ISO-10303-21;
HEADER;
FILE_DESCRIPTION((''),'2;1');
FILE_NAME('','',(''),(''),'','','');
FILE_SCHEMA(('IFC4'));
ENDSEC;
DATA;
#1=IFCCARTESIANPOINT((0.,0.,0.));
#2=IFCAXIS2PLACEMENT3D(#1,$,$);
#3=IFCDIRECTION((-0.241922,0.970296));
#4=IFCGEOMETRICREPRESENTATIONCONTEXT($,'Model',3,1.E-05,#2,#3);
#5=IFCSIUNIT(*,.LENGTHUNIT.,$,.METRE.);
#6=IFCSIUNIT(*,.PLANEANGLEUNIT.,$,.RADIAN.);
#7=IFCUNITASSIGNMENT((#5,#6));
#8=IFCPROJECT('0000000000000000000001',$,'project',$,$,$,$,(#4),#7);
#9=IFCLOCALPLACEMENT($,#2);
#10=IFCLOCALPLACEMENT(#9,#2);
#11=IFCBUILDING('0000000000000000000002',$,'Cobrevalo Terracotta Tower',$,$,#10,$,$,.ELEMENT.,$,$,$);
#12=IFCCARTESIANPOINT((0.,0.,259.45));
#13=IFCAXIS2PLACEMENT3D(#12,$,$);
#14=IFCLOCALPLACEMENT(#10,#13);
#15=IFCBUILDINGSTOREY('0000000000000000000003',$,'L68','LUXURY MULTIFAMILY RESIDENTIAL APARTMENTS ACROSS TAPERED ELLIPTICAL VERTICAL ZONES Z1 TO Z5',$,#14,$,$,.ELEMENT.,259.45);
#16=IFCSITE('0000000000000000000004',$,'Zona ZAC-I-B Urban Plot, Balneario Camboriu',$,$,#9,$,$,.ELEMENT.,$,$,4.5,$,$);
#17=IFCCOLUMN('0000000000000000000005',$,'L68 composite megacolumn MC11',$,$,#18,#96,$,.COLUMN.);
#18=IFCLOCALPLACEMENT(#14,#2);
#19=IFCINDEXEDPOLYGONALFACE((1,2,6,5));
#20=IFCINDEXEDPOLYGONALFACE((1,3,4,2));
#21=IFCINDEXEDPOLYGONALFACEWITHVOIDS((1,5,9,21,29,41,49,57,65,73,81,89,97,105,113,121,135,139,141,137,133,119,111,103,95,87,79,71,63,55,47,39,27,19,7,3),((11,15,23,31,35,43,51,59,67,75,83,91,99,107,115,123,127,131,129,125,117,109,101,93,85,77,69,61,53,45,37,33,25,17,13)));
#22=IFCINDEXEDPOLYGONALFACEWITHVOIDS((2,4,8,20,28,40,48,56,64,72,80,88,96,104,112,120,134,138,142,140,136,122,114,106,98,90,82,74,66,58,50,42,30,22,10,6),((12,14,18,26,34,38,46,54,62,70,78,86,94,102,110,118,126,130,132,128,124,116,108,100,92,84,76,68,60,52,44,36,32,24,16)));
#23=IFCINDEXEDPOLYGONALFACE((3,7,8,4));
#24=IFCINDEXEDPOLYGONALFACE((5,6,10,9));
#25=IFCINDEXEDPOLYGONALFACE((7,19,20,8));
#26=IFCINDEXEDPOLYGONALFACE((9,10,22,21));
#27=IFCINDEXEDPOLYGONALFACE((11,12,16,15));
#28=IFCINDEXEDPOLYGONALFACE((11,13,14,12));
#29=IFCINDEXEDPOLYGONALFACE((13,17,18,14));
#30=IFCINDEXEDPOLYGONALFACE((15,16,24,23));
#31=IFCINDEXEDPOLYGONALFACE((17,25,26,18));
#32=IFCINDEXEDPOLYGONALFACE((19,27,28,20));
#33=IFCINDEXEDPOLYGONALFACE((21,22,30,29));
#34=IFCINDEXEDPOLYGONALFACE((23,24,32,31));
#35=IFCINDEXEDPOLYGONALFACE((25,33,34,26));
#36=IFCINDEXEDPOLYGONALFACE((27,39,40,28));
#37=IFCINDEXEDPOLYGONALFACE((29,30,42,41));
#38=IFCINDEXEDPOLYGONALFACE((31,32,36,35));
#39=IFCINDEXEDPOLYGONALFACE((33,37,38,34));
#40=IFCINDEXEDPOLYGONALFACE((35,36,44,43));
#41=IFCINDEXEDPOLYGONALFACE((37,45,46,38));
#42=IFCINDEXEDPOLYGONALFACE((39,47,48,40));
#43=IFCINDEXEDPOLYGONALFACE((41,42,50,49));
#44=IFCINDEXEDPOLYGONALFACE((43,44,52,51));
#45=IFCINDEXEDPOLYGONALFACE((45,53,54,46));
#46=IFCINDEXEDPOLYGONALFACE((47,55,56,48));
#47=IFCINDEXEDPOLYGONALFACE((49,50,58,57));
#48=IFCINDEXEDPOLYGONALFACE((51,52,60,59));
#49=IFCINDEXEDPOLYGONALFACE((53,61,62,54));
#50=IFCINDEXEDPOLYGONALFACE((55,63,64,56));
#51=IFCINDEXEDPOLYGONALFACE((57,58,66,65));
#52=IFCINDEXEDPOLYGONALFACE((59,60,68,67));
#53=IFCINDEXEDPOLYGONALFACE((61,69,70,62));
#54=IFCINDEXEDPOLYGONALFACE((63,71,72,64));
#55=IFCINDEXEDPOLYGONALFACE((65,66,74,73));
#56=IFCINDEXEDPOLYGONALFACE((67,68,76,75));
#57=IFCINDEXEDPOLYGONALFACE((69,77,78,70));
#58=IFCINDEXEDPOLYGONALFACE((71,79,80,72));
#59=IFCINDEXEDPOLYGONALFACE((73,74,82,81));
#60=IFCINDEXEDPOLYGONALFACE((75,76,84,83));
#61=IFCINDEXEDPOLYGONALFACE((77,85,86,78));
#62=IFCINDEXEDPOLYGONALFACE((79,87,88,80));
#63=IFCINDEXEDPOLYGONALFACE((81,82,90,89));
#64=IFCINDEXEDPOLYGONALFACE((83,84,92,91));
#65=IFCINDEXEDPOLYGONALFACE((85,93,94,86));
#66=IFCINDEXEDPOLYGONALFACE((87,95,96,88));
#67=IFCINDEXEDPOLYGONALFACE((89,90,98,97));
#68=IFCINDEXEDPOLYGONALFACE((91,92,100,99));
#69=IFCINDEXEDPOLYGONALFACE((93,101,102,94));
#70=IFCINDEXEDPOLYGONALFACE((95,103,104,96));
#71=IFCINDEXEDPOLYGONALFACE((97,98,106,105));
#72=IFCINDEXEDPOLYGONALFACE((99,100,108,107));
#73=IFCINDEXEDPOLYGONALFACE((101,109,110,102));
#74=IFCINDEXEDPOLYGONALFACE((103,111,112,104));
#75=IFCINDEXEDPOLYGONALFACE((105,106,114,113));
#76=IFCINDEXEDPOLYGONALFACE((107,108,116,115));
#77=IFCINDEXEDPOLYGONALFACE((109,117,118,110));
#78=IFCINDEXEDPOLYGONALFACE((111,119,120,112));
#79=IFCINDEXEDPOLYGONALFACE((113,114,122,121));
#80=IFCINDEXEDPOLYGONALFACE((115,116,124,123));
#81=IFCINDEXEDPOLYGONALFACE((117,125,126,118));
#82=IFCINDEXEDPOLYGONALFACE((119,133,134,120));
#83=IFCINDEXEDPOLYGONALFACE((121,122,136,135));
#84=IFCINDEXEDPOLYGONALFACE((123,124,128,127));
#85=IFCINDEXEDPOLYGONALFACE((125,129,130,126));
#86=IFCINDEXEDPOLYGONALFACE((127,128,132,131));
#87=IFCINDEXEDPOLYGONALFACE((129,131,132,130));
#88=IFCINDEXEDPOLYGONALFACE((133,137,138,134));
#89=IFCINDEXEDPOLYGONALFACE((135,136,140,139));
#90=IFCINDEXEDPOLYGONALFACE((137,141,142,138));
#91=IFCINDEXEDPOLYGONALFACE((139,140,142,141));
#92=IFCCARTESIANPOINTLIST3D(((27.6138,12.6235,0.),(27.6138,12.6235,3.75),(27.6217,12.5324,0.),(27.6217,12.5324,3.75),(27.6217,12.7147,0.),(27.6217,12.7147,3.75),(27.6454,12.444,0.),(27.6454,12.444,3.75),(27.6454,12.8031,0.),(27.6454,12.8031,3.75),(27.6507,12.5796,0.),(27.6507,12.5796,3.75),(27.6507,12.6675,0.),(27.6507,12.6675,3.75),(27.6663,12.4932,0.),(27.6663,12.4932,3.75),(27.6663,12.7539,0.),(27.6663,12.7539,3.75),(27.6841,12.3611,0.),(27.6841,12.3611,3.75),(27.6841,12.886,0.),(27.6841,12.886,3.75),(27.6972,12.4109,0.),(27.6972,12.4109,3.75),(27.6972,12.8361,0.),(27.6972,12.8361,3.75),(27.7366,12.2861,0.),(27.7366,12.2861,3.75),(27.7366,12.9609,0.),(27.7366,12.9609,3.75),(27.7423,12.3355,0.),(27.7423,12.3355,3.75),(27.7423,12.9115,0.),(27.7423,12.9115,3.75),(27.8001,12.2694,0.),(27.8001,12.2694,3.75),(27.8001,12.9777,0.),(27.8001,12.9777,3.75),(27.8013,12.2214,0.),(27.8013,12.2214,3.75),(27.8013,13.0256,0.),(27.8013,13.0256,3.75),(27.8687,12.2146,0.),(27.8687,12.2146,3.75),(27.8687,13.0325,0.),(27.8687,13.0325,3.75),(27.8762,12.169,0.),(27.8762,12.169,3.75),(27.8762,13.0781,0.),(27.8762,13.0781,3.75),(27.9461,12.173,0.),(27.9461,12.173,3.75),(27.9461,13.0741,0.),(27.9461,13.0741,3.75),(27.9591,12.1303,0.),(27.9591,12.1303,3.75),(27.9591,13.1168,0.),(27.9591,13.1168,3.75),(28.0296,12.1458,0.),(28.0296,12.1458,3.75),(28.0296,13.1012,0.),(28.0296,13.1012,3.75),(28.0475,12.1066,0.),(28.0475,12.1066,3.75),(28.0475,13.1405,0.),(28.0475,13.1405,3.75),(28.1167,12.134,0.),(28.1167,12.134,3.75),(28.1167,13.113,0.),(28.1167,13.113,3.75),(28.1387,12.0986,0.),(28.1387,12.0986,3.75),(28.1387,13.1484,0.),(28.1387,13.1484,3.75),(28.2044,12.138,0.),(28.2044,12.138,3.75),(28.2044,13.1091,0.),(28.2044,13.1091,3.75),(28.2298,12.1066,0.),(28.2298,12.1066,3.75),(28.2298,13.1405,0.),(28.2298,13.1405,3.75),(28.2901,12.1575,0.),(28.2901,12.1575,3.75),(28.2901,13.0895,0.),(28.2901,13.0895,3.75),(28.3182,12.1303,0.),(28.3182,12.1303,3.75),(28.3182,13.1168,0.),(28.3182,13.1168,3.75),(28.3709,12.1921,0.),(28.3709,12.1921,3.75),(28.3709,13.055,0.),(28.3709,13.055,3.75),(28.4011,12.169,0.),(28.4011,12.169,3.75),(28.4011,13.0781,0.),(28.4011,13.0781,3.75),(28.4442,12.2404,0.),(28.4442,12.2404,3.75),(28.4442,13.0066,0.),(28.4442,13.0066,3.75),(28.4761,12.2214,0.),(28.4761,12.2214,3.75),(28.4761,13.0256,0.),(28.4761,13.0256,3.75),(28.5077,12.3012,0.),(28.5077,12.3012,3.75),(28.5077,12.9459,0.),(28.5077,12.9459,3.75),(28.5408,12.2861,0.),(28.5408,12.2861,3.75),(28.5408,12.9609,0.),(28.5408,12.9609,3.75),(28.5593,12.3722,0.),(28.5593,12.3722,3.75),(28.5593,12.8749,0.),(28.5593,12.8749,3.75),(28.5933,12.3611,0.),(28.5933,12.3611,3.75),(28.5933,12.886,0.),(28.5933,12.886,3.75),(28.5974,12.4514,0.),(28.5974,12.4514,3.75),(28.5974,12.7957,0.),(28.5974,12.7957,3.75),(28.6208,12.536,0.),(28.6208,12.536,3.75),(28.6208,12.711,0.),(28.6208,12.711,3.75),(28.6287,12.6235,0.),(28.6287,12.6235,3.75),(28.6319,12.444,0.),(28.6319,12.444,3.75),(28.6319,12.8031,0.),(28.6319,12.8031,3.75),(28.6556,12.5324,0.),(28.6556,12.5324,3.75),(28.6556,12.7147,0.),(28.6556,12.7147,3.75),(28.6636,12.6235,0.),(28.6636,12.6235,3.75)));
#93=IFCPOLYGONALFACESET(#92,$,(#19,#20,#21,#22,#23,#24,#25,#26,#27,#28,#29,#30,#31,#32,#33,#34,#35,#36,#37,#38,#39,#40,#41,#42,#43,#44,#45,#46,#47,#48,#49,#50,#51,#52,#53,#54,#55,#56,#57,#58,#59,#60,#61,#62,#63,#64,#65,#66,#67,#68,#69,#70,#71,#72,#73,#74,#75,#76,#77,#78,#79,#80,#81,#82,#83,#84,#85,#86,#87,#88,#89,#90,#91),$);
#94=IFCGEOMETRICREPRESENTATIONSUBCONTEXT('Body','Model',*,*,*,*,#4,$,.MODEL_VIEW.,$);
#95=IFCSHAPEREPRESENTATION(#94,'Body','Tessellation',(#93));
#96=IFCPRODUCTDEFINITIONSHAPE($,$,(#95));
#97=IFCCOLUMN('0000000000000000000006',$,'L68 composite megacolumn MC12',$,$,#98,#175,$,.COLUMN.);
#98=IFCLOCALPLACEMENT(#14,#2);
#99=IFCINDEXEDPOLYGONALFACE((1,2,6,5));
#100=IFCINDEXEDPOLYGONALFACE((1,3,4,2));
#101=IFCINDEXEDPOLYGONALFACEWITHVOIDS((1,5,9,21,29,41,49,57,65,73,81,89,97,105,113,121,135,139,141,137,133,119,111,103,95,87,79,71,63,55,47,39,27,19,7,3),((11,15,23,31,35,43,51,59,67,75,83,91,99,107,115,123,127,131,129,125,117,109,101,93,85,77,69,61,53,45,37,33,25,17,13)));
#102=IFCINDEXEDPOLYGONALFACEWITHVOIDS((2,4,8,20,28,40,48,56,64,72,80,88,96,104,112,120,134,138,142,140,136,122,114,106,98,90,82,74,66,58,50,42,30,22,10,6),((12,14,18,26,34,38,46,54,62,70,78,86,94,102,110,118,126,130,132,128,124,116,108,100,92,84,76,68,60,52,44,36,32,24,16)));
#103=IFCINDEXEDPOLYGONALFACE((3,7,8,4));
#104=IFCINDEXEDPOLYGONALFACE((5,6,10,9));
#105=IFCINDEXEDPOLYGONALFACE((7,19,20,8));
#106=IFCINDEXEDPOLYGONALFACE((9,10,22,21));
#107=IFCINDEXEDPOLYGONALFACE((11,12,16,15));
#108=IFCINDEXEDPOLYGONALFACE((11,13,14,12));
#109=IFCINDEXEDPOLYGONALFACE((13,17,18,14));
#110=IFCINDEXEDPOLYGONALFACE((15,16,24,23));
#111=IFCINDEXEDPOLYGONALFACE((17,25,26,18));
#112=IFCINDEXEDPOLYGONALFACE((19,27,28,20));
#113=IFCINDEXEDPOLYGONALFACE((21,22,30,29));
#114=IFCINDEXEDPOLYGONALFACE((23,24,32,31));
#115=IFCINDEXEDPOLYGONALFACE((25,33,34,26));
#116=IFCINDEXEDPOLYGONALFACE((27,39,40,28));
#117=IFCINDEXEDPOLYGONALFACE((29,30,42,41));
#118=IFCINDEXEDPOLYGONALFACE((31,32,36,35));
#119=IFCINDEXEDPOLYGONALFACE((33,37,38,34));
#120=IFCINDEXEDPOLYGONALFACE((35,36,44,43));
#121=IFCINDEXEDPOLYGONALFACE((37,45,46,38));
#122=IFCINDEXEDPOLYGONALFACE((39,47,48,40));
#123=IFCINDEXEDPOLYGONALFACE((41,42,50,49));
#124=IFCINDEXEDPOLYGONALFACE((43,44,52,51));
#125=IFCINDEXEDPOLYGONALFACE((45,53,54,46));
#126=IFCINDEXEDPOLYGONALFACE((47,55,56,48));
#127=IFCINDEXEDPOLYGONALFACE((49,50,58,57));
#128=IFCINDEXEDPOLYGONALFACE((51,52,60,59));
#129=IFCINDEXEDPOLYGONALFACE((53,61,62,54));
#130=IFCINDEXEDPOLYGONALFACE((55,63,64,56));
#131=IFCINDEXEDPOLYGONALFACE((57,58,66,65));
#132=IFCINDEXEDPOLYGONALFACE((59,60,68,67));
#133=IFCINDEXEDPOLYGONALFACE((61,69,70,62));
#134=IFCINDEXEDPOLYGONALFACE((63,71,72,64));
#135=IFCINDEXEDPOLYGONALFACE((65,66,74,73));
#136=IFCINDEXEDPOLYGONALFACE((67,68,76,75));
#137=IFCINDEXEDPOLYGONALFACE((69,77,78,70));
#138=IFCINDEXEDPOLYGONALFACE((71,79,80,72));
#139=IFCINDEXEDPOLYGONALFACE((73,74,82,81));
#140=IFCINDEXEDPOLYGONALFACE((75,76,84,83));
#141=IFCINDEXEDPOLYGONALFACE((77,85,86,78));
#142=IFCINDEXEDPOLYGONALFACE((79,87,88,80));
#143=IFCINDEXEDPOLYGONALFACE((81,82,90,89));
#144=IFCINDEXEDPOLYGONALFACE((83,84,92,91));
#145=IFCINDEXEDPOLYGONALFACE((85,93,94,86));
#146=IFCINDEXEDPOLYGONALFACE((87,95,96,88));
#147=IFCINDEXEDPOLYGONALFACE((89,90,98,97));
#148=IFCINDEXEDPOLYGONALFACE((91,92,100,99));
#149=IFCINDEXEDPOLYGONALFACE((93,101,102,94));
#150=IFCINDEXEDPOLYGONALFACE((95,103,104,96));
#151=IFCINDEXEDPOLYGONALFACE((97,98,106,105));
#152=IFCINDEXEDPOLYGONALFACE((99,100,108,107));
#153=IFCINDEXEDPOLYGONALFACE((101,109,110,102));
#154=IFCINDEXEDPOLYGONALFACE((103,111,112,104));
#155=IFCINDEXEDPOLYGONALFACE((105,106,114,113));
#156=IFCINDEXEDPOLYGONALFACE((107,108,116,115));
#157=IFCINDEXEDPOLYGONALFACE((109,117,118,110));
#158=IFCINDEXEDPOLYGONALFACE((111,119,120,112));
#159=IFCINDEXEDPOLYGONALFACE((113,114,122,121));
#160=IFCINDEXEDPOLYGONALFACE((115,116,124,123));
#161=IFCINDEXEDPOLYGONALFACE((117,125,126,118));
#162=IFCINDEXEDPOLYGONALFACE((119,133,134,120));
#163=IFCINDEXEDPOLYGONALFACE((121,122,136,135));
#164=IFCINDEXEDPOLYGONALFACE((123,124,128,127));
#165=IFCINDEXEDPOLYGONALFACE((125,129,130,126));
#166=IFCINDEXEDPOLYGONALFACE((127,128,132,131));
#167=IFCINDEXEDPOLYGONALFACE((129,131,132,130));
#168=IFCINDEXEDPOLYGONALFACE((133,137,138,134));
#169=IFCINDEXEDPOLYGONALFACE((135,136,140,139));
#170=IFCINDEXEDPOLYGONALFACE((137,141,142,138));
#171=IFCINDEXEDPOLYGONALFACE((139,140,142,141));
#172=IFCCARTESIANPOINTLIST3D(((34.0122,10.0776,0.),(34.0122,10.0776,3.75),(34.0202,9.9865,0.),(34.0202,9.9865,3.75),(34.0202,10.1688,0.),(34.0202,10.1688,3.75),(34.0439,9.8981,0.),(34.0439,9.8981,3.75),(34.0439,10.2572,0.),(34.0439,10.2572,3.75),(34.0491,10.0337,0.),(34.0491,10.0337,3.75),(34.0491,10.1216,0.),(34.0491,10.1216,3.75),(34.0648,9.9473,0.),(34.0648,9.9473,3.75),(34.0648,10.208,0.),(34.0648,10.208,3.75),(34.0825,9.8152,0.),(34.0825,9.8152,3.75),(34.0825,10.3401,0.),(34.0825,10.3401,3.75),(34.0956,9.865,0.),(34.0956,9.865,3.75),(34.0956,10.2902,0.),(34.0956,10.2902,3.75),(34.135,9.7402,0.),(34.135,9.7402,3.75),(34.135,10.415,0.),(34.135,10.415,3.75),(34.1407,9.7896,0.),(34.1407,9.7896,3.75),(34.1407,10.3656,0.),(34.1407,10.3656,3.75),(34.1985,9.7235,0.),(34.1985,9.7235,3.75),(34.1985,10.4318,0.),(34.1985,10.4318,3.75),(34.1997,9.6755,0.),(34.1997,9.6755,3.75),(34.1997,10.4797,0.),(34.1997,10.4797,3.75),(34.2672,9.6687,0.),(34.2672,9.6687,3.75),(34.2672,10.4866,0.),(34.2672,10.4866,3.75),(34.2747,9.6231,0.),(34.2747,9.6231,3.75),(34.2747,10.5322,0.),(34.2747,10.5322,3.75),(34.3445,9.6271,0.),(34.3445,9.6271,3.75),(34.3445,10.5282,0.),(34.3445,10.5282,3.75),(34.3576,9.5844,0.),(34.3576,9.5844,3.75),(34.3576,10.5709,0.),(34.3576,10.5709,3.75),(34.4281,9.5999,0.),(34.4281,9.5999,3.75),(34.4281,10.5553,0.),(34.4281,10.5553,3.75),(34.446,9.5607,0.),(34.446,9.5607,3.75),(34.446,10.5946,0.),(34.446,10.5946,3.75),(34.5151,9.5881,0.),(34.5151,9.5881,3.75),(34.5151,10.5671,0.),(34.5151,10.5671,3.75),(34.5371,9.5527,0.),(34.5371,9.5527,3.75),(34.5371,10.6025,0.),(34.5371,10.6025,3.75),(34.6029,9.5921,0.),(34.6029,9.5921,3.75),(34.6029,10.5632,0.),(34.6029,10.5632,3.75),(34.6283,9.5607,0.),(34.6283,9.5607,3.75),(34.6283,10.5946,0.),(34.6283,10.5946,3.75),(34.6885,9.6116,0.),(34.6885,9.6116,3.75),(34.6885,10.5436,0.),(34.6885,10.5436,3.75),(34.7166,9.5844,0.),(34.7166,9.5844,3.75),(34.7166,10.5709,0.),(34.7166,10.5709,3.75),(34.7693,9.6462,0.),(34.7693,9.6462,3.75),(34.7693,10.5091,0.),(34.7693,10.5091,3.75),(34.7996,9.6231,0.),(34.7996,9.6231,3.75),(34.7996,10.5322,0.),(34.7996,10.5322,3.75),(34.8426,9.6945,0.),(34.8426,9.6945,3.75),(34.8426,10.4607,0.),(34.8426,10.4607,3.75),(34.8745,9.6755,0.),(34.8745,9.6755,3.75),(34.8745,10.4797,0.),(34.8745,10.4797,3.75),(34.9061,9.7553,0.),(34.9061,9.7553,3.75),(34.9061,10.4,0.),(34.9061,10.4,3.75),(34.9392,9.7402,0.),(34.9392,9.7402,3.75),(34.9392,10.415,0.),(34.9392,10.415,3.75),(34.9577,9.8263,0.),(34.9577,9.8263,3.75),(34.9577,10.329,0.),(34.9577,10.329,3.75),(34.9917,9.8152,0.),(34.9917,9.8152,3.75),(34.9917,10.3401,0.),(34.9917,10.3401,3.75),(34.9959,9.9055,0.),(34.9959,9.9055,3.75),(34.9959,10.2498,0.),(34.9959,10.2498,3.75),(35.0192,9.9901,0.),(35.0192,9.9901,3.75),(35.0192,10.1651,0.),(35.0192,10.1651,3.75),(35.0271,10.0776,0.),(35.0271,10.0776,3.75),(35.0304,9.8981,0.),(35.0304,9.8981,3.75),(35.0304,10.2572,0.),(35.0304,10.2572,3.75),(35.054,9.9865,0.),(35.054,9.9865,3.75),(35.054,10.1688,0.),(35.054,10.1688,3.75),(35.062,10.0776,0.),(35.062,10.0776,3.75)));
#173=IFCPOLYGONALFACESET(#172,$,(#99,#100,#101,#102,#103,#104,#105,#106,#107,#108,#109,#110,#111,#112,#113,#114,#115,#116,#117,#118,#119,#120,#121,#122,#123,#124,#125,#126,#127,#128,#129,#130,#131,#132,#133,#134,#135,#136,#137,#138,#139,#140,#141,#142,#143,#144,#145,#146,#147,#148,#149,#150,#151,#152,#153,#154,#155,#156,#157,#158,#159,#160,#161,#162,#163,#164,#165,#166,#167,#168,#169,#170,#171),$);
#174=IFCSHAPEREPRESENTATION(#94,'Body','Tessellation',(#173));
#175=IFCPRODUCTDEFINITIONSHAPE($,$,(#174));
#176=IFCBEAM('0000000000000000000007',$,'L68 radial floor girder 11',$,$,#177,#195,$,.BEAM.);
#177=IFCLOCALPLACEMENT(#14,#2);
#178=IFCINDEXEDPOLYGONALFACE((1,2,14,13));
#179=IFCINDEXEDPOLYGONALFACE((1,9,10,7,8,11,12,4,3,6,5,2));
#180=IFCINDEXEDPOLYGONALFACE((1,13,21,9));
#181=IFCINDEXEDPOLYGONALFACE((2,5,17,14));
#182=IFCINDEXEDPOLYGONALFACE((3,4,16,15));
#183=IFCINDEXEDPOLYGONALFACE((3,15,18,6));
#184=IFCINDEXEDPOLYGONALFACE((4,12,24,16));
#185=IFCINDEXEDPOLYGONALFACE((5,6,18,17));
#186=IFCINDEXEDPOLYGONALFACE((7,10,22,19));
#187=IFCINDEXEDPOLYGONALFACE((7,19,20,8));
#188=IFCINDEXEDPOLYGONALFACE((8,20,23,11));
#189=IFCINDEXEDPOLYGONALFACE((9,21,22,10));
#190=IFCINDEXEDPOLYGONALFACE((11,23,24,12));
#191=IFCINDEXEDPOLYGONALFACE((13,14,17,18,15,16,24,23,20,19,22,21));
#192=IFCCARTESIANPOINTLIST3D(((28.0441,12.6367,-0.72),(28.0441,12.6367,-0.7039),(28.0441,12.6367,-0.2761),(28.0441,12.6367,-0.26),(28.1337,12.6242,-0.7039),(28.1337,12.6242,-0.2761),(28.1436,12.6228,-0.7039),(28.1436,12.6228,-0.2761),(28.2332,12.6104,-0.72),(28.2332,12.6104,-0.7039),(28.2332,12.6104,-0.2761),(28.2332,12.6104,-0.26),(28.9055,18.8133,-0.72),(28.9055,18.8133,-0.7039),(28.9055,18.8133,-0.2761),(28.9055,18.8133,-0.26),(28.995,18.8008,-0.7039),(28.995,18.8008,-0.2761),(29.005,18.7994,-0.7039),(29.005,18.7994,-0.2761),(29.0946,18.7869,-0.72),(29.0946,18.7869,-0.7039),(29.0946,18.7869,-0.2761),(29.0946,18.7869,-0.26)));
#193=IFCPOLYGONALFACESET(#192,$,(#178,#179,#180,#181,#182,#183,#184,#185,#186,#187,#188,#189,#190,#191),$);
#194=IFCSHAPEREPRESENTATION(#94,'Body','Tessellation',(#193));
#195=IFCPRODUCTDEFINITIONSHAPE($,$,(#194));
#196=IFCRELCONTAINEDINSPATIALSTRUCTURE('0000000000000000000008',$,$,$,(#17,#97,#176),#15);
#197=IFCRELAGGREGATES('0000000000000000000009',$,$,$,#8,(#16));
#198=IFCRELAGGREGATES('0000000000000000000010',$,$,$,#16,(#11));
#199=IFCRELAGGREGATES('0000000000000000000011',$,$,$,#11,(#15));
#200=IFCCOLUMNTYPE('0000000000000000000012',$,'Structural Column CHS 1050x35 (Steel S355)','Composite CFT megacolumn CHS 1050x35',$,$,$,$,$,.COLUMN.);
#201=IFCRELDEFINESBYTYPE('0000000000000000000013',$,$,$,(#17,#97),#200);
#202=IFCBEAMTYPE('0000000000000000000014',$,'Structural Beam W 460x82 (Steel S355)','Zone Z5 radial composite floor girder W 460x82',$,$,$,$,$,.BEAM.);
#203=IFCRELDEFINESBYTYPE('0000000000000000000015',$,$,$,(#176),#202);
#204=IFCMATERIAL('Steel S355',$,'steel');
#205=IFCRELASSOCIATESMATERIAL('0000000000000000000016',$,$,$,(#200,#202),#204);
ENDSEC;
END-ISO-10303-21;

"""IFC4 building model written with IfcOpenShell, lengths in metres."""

from ifc_helpers import new_model, si_unit, direction, frame, origin, origin_2d, place, context, subcontext, project, spatial, hollow_circle, i_section, extrude, material, material_profile, profile_set, type_object, element, save


model = new_model("IFC4")

# Units and contexts
model_context = context("Model", 3, precision=1e-05, world=origin(), true_north=direction((-0.241922, 0.970296)))
body_context = subcontext(model_context, "Body", "Model", "MODEL_VIEW")
ifc_project = project(units=[si_unit("LENGTHUNIT", "METRE"), si_unit("PLANEANGLEUNIT", "RADIAN")], contexts=[model_context])

# Site, building, storey
site_placement = place(None, origin())
site = spatial("IfcSite", under=ifc_project, at=site_placement, Name="Zona ZAC-I-B Urban Plot, Balneario Camboriu", CompositionType="ELEMENT", RefElevation=4.5)
building_placement = place(site_placement, origin())
building = spatial("IfcBuilding", under=site, at=building_placement, Name="Cobrevalo Terracotta Tower", CompositionType="ELEMENT")
storey_placement = place(building_placement, frame((0.0, 0.0, 259.45)))
storey = spatial("IfcBuildingStorey", under=building, at=storey_placement, Name="L68", Description="LUXURY MULTIFAMILY RESIDENTIAL APARTMENTS ACROSS TAPERED ELLIPTICAL VERTICAL ZONES Z1 TO Z5", CompositionType="ELEMENT", Elevation=259.45)

# Columns
ifc_material_1 = material(Name="Steel S355", Category="steel")
ifc_material_profile_1 = material_profile(ifc_material_1, hollow_circle(Radius=0.5249, WallThickness=0.0349, at=origin_2d()), Name="CHS 1050x35")
ifc_profile_set_1 = profile_set([ifc_material_profile_1], Name="Steel S355")
column_type = type_object("IfcColumnType", Name="Structural Column CHS 1050x35 (Steel S355)", Description="Composite CFT megacolumn CHS 1050x35", PredefinedType="COLUMN", material=ifc_profile_set_1)
for number, where, z_axis, x_axis, name in (
    (1, (28.1387, 12.6235, 0.0), (0.0, 0.0, 1.0), (1.0, 0.0, 0.0), "L68 composite megacolumn MC11"),
    (2, (34.5371, 10.0776, 0.0), (0.0, 0.0, 1.0), (1.0, 0.0, 0.0), "L68 composite megacolumn MC12"),
):
    element("IfcColumn", number, at=place(storey_placement, frame(where, z_axis=z_axis, x_axis=x_axis)), inside=storey, type_object=column_type, Name=name, PredefinedType="COLUMN", context=body_context, shape_type="SweptSolid", body=[
        extrude(hollow_circle(Radius=0.5249, WallThickness=0.0349, at=origin_2d()), origin(), (0.0, 0.0, 1.0), 3.75),
    ])

# Beam
ifc_material_profile_2 = material_profile(ifc_material_1, i_section(OverallWidth=0.1909, OverallDepth=0.46, WebThickness=0.01, FlangeThickness=0.0161, at=origin_2d()), Name="W 460x82")
ifc_profile_set_2 = profile_set([ifc_material_profile_2], Name="Steel S355")
beam_type_1 = type_object("IfcBeamType", Name="Structural Beam W 460x82 (Steel S355)", Description="Zone Z5 radial composite floor girder W 460x82", PredefinedType="BEAM", material=ifc_profile_set_2)
beam_1_placement = place(storey_placement, frame((28.1387, 12.6235, -0.49), z_axis=(0.138116, 0.990416, 0.0), x_axis=(-0.990416, 0.138116, 0.0)))
element("IfcBeam", 3, at=beam_1_placement, inside=storey, type_object=beam_type_1, Name="L68 radial floor girder 11", PredefinedType="BEAM", context=body_context, shape_type="SweptSolid", body=[
    extrude(i_section(OverallWidth=0.1909, OverallDepth=0.46, WebThickness=0.01, FlangeThickness=0.0161, at=origin_2d()), origin(), (0.0, 0.0, 1.0), 6.2363),
])

save(model, "model.ifc")
